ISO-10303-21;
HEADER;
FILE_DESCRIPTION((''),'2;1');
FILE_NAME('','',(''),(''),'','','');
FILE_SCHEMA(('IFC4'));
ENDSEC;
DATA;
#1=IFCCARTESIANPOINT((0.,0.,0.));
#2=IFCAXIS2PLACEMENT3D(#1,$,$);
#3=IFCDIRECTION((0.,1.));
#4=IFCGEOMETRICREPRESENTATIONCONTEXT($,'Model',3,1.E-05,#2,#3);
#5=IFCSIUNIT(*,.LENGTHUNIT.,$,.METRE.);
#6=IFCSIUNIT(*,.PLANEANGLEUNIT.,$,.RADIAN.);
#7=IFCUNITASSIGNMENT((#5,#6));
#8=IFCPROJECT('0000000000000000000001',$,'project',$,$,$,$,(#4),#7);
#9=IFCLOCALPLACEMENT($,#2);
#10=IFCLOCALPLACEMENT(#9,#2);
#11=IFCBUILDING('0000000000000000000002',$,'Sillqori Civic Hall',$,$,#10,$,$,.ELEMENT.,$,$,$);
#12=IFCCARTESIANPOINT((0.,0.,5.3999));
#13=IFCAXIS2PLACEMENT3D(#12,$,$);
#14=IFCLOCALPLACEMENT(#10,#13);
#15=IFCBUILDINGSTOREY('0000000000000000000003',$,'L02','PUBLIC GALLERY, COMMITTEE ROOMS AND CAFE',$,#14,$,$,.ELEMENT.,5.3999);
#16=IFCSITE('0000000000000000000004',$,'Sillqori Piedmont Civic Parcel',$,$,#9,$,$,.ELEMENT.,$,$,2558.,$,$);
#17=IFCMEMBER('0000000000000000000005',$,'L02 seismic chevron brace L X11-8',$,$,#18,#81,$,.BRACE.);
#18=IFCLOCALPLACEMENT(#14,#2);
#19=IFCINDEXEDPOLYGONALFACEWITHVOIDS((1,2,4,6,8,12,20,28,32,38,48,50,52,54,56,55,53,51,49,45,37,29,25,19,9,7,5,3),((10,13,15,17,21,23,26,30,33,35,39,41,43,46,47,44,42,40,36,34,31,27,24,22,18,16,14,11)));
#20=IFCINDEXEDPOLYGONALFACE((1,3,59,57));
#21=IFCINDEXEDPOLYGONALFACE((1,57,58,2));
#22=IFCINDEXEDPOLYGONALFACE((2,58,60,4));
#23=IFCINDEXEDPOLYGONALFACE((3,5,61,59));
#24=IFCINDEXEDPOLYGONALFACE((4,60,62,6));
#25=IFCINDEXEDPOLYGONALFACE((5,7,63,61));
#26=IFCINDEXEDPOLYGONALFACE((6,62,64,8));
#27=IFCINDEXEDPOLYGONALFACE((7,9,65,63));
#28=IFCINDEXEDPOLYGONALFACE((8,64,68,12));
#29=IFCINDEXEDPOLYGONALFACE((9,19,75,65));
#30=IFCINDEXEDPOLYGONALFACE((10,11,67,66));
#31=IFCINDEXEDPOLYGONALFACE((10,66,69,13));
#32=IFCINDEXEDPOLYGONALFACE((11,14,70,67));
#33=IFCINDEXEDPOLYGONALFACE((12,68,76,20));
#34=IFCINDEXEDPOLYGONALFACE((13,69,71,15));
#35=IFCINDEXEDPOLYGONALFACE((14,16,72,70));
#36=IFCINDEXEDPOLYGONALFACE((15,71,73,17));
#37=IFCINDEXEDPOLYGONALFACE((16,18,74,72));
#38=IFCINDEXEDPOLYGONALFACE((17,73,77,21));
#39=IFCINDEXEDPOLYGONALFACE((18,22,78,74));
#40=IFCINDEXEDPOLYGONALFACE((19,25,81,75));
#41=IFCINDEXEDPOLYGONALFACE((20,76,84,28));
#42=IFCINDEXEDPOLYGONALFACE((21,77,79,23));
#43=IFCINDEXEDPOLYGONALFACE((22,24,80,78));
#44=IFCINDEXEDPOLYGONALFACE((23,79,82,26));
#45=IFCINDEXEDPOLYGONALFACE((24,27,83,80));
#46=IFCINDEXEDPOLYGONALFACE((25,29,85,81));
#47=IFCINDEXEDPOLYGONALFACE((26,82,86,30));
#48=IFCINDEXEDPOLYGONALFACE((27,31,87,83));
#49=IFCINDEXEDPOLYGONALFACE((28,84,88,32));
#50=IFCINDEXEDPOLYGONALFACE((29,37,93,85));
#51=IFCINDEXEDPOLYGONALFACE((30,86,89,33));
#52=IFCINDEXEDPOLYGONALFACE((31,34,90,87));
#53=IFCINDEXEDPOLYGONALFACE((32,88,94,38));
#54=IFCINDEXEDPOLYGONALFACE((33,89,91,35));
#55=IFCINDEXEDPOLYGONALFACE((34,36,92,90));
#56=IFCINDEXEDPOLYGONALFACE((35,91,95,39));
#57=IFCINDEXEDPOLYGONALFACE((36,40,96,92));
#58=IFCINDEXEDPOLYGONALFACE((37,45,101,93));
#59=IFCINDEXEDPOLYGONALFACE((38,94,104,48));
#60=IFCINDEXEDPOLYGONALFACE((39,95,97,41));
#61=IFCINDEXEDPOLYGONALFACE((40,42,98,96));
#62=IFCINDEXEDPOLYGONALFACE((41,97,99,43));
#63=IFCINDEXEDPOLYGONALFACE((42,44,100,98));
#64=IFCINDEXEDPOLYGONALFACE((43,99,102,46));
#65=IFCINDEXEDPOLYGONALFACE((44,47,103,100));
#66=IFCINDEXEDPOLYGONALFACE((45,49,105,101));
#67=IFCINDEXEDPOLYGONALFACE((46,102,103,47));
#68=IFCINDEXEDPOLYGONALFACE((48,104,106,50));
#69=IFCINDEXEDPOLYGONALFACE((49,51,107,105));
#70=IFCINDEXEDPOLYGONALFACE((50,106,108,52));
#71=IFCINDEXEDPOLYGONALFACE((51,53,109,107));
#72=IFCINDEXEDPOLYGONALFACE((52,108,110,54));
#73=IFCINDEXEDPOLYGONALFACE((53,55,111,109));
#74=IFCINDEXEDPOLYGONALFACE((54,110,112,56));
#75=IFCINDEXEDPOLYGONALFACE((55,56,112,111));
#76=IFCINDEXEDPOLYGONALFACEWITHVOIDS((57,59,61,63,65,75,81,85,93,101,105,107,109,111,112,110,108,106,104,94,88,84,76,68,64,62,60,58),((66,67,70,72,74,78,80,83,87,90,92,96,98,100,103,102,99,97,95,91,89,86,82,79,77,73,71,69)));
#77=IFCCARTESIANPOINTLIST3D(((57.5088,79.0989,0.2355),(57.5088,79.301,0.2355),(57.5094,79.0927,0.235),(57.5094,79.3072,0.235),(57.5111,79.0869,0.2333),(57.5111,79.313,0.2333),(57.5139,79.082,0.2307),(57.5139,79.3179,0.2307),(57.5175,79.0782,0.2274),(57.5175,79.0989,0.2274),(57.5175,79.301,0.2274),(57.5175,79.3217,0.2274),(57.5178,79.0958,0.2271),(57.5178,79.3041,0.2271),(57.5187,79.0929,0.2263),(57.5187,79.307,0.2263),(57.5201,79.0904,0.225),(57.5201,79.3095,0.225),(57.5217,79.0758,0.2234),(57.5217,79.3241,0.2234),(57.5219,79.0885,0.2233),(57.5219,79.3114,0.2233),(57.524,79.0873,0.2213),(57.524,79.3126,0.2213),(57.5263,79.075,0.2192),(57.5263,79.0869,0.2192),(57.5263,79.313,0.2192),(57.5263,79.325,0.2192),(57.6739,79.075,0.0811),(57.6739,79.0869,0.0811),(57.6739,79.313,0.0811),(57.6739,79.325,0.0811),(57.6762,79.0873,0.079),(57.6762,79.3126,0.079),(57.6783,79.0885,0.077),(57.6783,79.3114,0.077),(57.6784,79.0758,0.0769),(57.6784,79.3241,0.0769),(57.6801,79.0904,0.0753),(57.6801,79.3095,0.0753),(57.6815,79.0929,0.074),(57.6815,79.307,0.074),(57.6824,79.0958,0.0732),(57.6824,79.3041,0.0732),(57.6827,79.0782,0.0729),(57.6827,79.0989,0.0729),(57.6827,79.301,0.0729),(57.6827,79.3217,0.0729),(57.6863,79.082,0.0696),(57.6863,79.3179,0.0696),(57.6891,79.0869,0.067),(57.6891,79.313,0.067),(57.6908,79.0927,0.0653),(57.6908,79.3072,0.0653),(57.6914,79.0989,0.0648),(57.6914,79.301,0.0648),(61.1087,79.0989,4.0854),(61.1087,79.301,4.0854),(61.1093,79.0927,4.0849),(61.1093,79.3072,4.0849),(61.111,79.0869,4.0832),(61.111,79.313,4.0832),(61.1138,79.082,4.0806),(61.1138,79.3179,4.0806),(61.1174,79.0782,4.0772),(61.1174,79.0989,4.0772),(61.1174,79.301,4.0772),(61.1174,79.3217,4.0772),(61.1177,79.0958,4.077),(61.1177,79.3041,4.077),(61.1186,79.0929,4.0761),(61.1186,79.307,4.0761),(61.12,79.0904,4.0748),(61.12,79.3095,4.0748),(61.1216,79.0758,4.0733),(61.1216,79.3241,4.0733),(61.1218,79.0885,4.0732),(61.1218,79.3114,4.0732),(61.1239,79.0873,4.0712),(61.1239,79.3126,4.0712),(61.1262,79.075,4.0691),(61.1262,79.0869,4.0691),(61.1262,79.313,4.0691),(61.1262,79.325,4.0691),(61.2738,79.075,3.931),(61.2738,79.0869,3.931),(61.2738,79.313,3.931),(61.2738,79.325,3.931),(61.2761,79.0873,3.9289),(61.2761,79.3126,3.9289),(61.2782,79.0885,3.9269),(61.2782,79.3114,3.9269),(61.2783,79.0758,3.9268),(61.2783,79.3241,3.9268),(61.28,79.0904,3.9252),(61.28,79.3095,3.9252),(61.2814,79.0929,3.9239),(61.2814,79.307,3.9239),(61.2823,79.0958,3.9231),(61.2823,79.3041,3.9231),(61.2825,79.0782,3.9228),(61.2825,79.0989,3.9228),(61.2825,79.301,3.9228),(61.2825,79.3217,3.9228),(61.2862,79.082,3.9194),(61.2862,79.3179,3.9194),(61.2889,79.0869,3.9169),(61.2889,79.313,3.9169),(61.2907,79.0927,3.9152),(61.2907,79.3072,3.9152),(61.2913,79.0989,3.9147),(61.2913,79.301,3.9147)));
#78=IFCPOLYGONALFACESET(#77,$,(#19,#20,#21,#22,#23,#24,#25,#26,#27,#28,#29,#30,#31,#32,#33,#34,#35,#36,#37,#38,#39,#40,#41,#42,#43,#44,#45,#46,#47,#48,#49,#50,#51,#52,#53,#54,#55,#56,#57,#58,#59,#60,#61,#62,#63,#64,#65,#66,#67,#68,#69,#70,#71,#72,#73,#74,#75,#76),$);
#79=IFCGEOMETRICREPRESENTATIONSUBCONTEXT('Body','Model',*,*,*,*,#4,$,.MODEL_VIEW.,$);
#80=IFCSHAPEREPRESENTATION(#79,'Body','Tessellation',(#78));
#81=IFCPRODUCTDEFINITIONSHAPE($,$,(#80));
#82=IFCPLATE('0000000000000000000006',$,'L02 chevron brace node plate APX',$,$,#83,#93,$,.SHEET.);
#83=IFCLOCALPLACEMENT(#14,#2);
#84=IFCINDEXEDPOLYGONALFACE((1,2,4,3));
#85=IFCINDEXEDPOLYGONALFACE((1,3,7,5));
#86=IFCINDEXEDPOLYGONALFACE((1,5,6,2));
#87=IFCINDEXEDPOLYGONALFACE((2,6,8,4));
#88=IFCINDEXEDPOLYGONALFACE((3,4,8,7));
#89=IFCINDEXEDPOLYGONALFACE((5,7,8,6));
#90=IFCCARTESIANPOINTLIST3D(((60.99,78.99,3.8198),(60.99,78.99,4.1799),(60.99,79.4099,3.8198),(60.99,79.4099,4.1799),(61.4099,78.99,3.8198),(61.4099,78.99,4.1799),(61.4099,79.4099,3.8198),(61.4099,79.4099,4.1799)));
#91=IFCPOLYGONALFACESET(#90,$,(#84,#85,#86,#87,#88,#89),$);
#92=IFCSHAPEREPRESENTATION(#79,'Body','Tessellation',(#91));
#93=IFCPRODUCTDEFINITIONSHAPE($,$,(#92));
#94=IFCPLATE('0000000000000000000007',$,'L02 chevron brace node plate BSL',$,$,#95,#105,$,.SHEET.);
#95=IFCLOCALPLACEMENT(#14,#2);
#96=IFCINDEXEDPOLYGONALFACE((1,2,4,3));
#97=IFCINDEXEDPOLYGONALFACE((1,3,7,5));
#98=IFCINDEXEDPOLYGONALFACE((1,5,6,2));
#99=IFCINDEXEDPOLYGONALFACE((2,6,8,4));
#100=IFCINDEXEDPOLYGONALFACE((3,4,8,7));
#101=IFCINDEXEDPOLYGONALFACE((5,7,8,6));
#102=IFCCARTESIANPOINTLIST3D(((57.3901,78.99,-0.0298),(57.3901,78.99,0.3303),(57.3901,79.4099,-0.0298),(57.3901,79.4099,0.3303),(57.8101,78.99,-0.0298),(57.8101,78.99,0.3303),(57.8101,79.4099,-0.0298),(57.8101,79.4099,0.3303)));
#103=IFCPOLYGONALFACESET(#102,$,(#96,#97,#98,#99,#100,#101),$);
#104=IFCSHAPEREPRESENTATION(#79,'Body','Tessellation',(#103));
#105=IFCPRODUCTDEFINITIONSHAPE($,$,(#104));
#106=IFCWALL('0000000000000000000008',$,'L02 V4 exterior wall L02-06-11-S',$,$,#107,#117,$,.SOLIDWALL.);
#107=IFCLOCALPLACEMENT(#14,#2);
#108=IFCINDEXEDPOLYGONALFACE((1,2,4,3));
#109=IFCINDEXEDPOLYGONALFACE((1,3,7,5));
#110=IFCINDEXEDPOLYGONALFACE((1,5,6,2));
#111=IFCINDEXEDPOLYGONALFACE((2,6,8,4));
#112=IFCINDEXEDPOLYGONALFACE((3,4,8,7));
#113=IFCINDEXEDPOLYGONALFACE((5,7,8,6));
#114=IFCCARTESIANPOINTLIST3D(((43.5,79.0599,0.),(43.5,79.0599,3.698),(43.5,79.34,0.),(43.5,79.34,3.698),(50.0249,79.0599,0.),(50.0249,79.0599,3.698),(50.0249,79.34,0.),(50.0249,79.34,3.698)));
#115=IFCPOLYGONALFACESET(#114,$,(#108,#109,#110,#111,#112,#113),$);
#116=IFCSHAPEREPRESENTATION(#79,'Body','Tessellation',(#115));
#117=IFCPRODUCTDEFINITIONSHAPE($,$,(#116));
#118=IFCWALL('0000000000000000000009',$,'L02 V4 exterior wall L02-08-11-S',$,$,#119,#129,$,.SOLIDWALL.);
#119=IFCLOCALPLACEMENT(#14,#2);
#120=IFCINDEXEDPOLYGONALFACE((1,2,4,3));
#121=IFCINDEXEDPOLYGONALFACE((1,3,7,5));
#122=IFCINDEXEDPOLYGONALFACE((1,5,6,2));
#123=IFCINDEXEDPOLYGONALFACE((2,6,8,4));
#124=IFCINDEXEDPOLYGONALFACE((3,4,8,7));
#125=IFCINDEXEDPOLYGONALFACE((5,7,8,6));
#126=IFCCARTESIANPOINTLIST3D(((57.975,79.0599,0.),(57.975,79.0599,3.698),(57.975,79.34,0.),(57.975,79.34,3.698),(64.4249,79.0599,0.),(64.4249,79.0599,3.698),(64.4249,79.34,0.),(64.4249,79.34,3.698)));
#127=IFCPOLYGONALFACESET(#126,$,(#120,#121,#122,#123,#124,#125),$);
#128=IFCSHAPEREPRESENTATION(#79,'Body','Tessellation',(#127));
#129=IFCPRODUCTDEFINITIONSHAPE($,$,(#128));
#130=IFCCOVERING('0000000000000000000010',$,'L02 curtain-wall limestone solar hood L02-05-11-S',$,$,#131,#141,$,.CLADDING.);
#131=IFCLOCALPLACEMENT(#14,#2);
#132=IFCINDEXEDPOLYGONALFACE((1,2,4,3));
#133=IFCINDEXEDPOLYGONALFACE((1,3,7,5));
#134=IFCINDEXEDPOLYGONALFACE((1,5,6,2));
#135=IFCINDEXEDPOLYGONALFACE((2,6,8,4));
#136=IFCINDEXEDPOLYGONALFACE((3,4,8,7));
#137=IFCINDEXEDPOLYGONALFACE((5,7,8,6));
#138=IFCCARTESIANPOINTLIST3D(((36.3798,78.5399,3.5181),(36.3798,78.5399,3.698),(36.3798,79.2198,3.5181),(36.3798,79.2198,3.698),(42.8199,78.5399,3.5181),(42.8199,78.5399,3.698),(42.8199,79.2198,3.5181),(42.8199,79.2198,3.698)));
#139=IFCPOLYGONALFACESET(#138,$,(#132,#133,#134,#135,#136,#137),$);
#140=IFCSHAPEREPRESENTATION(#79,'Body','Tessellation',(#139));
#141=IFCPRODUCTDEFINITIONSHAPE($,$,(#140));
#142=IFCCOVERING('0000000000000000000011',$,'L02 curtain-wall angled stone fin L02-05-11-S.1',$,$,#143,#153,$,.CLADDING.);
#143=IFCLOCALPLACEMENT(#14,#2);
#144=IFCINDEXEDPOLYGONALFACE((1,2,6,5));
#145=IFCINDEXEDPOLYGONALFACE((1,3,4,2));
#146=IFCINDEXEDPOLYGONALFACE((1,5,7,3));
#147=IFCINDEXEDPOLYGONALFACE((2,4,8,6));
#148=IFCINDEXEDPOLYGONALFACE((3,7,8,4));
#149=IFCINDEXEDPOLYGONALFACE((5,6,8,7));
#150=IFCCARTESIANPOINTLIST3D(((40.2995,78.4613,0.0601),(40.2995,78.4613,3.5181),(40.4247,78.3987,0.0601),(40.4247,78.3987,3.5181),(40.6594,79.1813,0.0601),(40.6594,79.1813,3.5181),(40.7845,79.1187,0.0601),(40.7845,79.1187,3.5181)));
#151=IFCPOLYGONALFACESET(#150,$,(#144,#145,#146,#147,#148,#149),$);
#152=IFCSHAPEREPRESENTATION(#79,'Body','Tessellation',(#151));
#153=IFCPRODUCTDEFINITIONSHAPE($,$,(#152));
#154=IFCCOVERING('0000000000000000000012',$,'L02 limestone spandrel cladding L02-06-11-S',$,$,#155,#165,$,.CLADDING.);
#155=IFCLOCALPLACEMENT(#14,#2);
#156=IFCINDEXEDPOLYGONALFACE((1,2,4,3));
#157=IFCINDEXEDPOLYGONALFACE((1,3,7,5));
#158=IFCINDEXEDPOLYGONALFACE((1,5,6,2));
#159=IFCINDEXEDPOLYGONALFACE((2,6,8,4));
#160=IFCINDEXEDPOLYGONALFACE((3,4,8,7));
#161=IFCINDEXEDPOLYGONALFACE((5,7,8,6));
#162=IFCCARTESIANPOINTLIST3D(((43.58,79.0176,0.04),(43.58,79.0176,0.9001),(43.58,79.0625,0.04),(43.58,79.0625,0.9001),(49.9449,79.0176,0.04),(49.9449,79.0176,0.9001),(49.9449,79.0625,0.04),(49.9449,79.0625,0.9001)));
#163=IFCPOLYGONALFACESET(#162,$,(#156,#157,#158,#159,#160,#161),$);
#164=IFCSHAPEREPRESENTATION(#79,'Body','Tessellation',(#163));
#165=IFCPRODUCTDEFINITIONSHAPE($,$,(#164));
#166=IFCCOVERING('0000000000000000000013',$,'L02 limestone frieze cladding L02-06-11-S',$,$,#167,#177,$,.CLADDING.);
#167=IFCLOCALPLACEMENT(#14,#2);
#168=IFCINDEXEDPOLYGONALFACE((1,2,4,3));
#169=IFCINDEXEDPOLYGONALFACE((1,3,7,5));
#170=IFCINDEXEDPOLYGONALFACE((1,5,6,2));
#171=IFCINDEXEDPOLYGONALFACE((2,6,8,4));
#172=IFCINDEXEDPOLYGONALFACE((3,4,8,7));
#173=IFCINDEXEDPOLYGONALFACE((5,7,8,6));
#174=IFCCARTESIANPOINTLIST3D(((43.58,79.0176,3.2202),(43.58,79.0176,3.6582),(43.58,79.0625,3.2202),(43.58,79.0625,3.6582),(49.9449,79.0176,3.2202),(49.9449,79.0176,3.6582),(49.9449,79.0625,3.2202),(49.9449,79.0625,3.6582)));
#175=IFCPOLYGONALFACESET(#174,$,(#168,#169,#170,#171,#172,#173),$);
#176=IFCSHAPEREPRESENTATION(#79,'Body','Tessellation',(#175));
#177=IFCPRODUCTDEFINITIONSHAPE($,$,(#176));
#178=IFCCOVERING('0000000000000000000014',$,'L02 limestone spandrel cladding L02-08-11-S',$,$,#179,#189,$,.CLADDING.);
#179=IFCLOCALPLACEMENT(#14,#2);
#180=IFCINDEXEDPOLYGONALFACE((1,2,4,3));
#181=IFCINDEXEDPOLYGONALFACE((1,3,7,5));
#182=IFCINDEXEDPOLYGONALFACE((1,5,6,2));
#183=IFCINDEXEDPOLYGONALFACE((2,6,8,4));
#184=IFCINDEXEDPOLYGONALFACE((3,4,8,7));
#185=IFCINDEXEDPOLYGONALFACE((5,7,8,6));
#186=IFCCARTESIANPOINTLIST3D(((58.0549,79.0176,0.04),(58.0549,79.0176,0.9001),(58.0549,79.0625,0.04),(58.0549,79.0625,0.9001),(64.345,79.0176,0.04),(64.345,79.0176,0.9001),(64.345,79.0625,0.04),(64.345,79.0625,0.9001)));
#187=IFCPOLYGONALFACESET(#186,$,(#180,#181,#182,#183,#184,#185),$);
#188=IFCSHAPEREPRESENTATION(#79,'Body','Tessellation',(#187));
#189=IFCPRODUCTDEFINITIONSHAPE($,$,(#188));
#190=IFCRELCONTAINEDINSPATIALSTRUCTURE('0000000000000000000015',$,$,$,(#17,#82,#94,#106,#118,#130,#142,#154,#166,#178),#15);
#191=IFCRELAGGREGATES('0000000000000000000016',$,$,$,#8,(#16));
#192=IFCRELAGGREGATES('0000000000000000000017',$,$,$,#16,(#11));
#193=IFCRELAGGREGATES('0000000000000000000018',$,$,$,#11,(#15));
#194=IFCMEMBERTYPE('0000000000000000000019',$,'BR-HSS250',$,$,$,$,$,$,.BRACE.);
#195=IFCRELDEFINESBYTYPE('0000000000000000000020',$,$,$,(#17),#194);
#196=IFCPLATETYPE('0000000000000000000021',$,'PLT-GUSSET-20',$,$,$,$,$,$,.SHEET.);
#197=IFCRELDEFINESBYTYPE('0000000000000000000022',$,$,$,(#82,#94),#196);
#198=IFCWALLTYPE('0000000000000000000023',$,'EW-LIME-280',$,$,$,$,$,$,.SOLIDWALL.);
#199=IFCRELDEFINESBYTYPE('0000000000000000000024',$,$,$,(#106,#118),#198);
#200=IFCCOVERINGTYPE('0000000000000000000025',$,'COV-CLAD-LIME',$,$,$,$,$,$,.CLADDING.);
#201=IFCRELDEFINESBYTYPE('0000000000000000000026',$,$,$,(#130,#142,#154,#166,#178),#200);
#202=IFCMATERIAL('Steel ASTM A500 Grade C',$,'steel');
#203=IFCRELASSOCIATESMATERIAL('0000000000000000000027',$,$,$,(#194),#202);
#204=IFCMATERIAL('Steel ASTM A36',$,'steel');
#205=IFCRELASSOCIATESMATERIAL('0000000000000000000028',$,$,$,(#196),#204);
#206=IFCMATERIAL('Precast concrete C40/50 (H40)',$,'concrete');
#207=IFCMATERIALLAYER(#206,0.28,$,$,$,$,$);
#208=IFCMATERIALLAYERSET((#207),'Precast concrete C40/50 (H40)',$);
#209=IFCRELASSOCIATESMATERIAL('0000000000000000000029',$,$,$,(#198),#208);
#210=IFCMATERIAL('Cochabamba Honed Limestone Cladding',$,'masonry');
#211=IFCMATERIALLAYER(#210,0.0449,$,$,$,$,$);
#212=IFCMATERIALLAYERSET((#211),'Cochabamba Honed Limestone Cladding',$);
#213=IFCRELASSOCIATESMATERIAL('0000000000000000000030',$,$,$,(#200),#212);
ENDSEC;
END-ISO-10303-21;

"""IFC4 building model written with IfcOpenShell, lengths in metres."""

from ifc_helpers import new_model, si_unit, direction, frame, frame_2d, origin, origin_2d, place, context, subcontext, project, spatial, rectangle, hollow_rectangle, extrude, material, layer, layer_set, material_profile, profile_set, type_object, element, save


model = new_model("IFC4")

# Units and contexts
model_context = context("Model", 3, precision=1e-05, world=origin(), true_north=direction((0.0, 1.0)))
body_context = subcontext(model_context, "Body", "Model", "MODEL_VIEW")
ifc_project = project(units=[si_unit("LENGTHUNIT", "METRE"), si_unit("PLANEANGLEUNIT", "RADIAN")], contexts=[model_context])

# Site, building, storey
site_placement = place(None, origin())
site = spatial("IfcSite", under=ifc_project, at=site_placement, Name="Sillqori Piedmont Civic Parcel", CompositionType="ELEMENT", RefElevation=2558.0)
building_placement = place(site_placement, origin())
building = spatial("IfcBuilding", under=site, at=building_placement, Name="Sillqori Civic Hall", CompositionType="ELEMENT")
storey_placement = place(building_placement, frame((0.0, 0.0, 5.3999)))
storey = spatial("IfcBuildingStorey", under=building, at=storey_placement, Name="L02", Description="PUBLIC GALLERY, COMMITTEE ROOMS AND CAFE", CompositionType="ELEMENT", Elevation=5.3999)

# Member
ifc_material_1 = material(Name="Steel ASTM A500 Grade C", Category="steel")
ifc_material_profile_1 = material_profile(ifc_material_1, hollow_rectangle(XDim=0.25, YDim=0.25, WallThickness=0.012, InnerFilletRadius=0.012, OuterFilletRadius=0.0239, at=origin_2d()), Name="HSS250X250X12")
ifc_profile_set_1 = profile_set([ifc_material_profile_1], Name="Steel ASTM A500 Grade C")
member_type_1 = type_object("IfcMemberType", Name="BR-HSS250", PredefinedType="BRACE", material=ifc_profile_set_1)
member_1_placement = place(storey_placement, frame((57.6001, 79.2, 0.1501), z_axis=(0.682993, 0.0, 0.730425), x_axis=(0.0, 1.0, 0.0)))
element("IfcMember", 1, at=member_1_placement, inside=storey, type_object=member_type_1, Name="L02 seismic chevron brace L X11-8", PredefinedType="BRACE", context=body_context, shape_type="SweptSolid", body=[
    extrude(hollow_rectangle(XDim=0.25, YDim=0.25, WallThickness=0.012, InnerFilletRadius=0.012, OuterFilletRadius=0.0239, at=origin_2d()), origin(), (0.0, 0.0, 1.0), 5.2708),
])

# Plates
ifc_material_2 = material(Name="Steel ASTM A36", Category="steel")
plate_type_1 = type_object("IfcPlateType", Name="PLT-GUSSET-20", PredefinedType="SHEET", material=ifc_material_2)
for number, where, z_axis, x_axis, name in (
    (2, (61.2, 79.2, 3.8198), (0.0, 0.0, 1.0), (1.0, 0.0, 0.0), "L02 chevron brace node plate APX"),
    (3, (57.6001, 79.2, -0.0298), (0.0, 0.0, 1.0), (1.0, 0.0, 0.0), "L02 chevron brace node plate BSL"),
):
    element("IfcPlate", number, at=place(storey_placement, frame(where, z_axis=z_axis, x_axis=x_axis)), inside=storey, type_object=plate_type_1, Name=name, PredefinedType="SHEET", context=body_context, shape_type="SweptSolid", body=[
        extrude(rectangle(XDim=0.4199, YDim=0.4199, at=origin_2d()), origin(), (0.0, 0.0, 1.0), 0.3601),
    ])

# Walls
ifc_material_3 = material(Name="Precast concrete C40/50 (H40)", Category="concrete")
ifc_layer_1 = layer(ifc_material_3, 0.28)
ifc_layer_set_1 = layer_set([ifc_layer_1], Name="Precast concrete C40/50 (H40)")
wall_type = type_object("IfcWallType", Name="EW-LIME-280", PredefinedType="SOLIDWALL", material=ifc_layer_set_1)
wall_1_placement = place(storey_placement, frame((50.0249, 79.2, 0.0), z_axis=(0.0, 0.0, 1.0), x_axis=(-1.0, 0.0, 0.0)))
element("IfcWall", 4, at=wall_1_placement, inside=storey, type_object=wall_type, Name="L02 V4 exterior wall L02-06-11-S", PredefinedType="SOLIDWALL", context=body_context, shape_type="SweptSolid", body=[
    extrude(rectangle(XDim=6.5249, YDim=0.28, at=frame_2d((3.2625, 0.0))), origin(), (0.0, 0.0, 1.0), 3.698),
])
wall_2_placement = place(storey_placement, frame((64.425, 79.2, 0.0), z_axis=(0.0, 0.0, 1.0), x_axis=(-1.0, 0.0, 0.0)))
element("IfcWall", 5, at=wall_2_placement, inside=storey, type_object=wall_type, Name="L02 V4 exterior wall L02-08-11-S", PredefinedType="SOLIDWALL", context=body_context, shape_type="SweptSolid", body=[
    extrude(rectangle(XDim=6.45, YDim=0.28, at=frame_2d((3.2251, 0.0))), origin(), (0.0, 0.0, 1.0), 3.698),
])

# Coverings
ifc_material_4 = material(Name="Cochabamba Honed Limestone Cladding", Category="masonry")
ifc_layer_2 = layer(ifc_material_4, 0.0449)
ifc_layer_set_2 = layer_set([ifc_layer_2], Name="Cochabamba Honed Limestone Cladding")
covering_type = type_object("IfcCoveringType", Name="COV-CLAD-LIME", PredefinedType="CLADDING", material=ifc_layer_set_2)
covering_1_placement = place(storey_placement, frame((42.8201, 78.8799, 3.5181), z_axis=(0.0, 0.0, 1.0), x_axis=(-1.0, 0.0, 0.0)))
element("IfcCovering", 6, at=covering_1_placement, inside=storey, type_object=covering_type, Name="L02 curtain-wall limestone solar hood L02-05-11-S", PredefinedType="CLADDING", context=body_context, shape_type="SweptSolid", body=[
    extrude(rectangle(XDim=6.4402, YDim=0.6799, at=frame_2d((3.2202, 0.0))), origin(), (0.0, 0.0, 1.0), 0.1799),
])
covering_2_placement = place(storey_placement, frame((40.7219, 79.1499, 0.0601), z_axis=(0.0, 0.0, 1.0), x_axis=(-0.447092, -0.894488, 0.0)))
element("IfcCovering", 7, at=covering_2_placement, inside=storey, type_object=covering_type, Name="L02 curtain-wall angled stone fin L02-05-11-S.1", PredefinedType="CLADDING", context=body_context, shape_type="SweptSolid", body=[
    extrude(rectangle(XDim=0.8049, YDim=0.1399, at=frame_2d((0.4023, 0.0))), origin(), (0.0, 0.0, 1.0), 3.458),
])
covering_3_placement = place(storey_placement, frame((49.9451, 79.04, 0.04), z_axis=(0.0, 0.0, 1.0), x_axis=(-1.0, 0.0, 0.0)))
element("IfcCovering", 8, at=covering_3_placement, inside=storey, type_object=covering_type, Name="L02 limestone spandrel cladding L02-06-11-S", PredefinedType="CLADDING", context=body_context, shape_type="SweptSolid", body=[
    extrude(rectangle(XDim=6.365, YDim=0.0449, at=frame_2d((3.1826, 0.0))), origin(), (0.0, 0.0, 1.0), 0.8601),
])
covering_4_placement = place(storey_placement, frame((49.9451, 79.04, 3.2202), z_axis=(0.0, 0.0, 1.0), x_axis=(-1.0, 0.0, 0.0)))
element("IfcCovering", 9, at=covering_4_placement, inside=storey, type_object=covering_type, Name="L02 limestone frieze cladding L02-06-11-S", PredefinedType="CLADDING", context=body_context, shape_type="SweptSolid", body=[
    extrude(rectangle(XDim=6.365, YDim=0.0449, at=frame_2d((3.1826, 0.0))), origin(), (0.0, 0.0, 1.0), 0.438),
])
covering_5_placement = place(storey_placement, frame((64.345, 79.04, 0.04), z_axis=(0.0, 0.0, 1.0), x_axis=(-1.0, 0.0, 0.0)))
element("IfcCovering", 10, at=covering_5_placement, inside=storey, type_object=covering_type, Name="L02 limestone spandrel cladding L02-08-11-S", PredefinedType="CLADDING", context=body_context, shape_type="SweptSolid", body=[
    extrude(rectangle(XDim=6.29, YDim=0.0449, at=frame_2d((3.145, 0.0))), origin(), (0.0, 0.0, 1.0), 0.8601),
])

save(model, "model.ifc")
